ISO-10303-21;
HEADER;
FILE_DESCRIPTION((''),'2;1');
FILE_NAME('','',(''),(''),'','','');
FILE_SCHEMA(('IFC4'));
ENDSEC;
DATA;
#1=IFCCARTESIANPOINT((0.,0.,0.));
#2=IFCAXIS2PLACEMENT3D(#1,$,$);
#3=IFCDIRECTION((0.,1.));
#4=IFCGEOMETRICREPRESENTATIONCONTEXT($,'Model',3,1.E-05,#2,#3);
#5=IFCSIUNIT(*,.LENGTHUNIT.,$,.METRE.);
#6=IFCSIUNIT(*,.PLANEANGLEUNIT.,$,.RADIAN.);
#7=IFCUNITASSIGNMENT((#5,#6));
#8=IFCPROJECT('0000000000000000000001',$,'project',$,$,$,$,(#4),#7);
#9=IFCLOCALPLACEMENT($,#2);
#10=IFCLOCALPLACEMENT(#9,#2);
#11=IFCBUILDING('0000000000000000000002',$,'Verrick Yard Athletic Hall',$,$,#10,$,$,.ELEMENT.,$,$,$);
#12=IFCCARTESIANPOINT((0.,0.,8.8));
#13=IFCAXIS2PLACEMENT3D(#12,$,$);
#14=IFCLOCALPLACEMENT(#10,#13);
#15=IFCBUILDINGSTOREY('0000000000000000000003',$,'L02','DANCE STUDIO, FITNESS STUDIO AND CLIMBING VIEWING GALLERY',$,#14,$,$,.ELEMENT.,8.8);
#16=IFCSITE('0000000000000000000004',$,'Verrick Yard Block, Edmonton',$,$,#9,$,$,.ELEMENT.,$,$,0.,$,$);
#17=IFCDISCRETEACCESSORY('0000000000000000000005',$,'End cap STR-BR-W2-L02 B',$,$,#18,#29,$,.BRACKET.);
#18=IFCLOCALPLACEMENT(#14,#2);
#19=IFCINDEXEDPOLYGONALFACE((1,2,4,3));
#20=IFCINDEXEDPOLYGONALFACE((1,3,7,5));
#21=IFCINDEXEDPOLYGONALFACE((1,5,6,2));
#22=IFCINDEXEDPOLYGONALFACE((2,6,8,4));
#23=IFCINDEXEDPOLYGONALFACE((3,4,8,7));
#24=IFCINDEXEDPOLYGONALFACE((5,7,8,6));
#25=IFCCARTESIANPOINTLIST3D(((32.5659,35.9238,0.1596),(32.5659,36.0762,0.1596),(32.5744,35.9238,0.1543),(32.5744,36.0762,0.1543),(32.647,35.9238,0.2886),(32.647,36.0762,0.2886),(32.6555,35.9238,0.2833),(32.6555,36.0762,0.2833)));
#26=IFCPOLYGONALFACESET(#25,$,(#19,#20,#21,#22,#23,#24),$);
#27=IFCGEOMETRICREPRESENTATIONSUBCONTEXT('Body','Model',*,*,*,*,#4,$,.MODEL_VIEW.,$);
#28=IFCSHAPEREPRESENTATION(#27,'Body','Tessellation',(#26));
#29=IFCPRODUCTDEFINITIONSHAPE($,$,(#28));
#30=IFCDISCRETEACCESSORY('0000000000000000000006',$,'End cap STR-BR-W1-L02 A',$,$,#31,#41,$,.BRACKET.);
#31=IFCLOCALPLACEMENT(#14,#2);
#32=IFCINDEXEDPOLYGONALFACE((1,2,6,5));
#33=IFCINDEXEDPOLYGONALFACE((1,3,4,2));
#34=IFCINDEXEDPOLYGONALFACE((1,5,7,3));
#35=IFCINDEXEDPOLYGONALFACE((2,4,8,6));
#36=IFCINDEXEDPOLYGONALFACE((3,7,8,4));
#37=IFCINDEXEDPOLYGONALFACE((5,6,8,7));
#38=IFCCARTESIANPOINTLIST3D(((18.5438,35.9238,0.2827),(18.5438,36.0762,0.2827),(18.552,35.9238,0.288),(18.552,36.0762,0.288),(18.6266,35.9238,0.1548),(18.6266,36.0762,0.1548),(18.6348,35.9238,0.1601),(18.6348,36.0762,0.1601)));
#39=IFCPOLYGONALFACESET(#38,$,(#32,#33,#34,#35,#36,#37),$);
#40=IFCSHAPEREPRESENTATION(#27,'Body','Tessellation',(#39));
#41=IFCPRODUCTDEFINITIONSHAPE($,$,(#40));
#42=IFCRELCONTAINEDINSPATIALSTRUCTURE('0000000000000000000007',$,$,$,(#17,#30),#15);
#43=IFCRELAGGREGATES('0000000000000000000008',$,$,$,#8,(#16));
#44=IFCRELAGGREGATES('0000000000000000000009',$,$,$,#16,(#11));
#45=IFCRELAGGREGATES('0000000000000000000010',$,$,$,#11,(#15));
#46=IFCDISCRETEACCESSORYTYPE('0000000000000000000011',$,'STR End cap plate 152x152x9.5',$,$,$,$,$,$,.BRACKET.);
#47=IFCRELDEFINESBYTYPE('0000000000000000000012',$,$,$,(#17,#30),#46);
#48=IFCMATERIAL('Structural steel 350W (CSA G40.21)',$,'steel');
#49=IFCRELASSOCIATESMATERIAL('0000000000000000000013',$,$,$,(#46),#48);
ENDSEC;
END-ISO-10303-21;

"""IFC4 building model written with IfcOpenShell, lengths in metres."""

from ifc_helpers import new_model, si_unit, direction, frame, origin, origin_2d, place, context, subcontext, project, spatial, rectangle, extrude, material, material_profile, profile_set, type_object, element, save


model = new_model("IFC4")

# Units and contexts
model_context = context("Model", 3, precision=1e-05, world=origin(), true_north=direction((0.0, 1.0)))
body_context = subcontext(model_context, "Body", "Model", "MODEL_VIEW")
ifc_project = project(units=[si_unit("LENGTHUNIT", "METRE"), si_unit("PLANEANGLEUNIT", "RADIAN")], contexts=[model_context])

# Site, building, storey
site_placement = place(None, origin())
site = spatial("IfcSite", under=ifc_project, at=site_placement, Name="Verrick Yard Block, Edmonton", CompositionType="ELEMENT", RefElevation=0.0)
building_placement = place(site_placement, origin())
building = spatial("IfcBuilding", under=site, at=building_placement, Name="Verrick Yard Athletic Hall", CompositionType="ELEMENT")
storey_placement = place(building_placement, frame((0.0, 0.0, 8.8)))
storey = spatial("IfcBuildingStorey", under=building, at=storey_placement, Name="L02", Description="DANCE STUDIO, FITNESS STUDIO AND CLIMBING VIEWING GALLERY", CompositionType="ELEMENT", Elevation=8.8)

# Shared definitions
ifc_material_1 = material(Name="Structural steel 350W (CSA G40.21)", Category="steel")

# Discrete accessories
ifc_material_profile_1 = material_profile(ifc_material_1, rectangle(XDim=0.1523, YDim=0.1523, at=origin_2d()), Name="STR End cap plate 152x152x9.5")
ifc_profile_set_1 = profile_set([ifc_material_profile_1], Name="Structural steel 350W (CSA G40.21)")
discrete_accessory_type = type_object("IfcDiscreteAccessoryType", Name="STR End cap plate 152x152x9.5", PredefinedType="BRACKET", material=ifc_profile_set_1)
for number, where, z_axis, x_axis, name in (
    (1, (32.6064, 36.0, 0.2241), (0.846637, 0.0, -0.532172), (0.0, 1.0, 0.0), "End cap STR-BR-W2-L02 B"),
):
    element("IfcDiscreteAccessory", number, at=place(storey_placement, frame(where, z_axis=z_axis, x_axis=x_axis)), inside=storey, type_object=discrete_accessory_type, Name=name, PredefinedType="BRACKET", context=body_context, shape_type="SweptSolid", body=[
        extrude(rectangle(XDim=0.1523, YDim=0.1523, at=origin_2d()), origin(), (0.0, 0.0, 1.0), 0.01),
    ])
discrete_accessory_placement = place(storey_placement, frame((18.5852, 36.0, 0.2188), z_axis=(0.83957, 0.0, 0.543251), x_axis=(0.0, 1.0, 0.0)))
element("IfcDiscreteAccessory", 2, at=discrete_accessory_placement, inside=storey, type_object=discrete_accessory_type, Name="End cap STR-BR-W1-L02 A", PredefinedType="BRACKET", context=body_context, shape_type="SweptSolid", body=[
    extrude(rectangle(XDim=0.1523, YDim=0.1523, at=origin_2d()), origin(), (0.0, 0.0, 1.0), 0.0098),
])

save(model, "model.ifc")
